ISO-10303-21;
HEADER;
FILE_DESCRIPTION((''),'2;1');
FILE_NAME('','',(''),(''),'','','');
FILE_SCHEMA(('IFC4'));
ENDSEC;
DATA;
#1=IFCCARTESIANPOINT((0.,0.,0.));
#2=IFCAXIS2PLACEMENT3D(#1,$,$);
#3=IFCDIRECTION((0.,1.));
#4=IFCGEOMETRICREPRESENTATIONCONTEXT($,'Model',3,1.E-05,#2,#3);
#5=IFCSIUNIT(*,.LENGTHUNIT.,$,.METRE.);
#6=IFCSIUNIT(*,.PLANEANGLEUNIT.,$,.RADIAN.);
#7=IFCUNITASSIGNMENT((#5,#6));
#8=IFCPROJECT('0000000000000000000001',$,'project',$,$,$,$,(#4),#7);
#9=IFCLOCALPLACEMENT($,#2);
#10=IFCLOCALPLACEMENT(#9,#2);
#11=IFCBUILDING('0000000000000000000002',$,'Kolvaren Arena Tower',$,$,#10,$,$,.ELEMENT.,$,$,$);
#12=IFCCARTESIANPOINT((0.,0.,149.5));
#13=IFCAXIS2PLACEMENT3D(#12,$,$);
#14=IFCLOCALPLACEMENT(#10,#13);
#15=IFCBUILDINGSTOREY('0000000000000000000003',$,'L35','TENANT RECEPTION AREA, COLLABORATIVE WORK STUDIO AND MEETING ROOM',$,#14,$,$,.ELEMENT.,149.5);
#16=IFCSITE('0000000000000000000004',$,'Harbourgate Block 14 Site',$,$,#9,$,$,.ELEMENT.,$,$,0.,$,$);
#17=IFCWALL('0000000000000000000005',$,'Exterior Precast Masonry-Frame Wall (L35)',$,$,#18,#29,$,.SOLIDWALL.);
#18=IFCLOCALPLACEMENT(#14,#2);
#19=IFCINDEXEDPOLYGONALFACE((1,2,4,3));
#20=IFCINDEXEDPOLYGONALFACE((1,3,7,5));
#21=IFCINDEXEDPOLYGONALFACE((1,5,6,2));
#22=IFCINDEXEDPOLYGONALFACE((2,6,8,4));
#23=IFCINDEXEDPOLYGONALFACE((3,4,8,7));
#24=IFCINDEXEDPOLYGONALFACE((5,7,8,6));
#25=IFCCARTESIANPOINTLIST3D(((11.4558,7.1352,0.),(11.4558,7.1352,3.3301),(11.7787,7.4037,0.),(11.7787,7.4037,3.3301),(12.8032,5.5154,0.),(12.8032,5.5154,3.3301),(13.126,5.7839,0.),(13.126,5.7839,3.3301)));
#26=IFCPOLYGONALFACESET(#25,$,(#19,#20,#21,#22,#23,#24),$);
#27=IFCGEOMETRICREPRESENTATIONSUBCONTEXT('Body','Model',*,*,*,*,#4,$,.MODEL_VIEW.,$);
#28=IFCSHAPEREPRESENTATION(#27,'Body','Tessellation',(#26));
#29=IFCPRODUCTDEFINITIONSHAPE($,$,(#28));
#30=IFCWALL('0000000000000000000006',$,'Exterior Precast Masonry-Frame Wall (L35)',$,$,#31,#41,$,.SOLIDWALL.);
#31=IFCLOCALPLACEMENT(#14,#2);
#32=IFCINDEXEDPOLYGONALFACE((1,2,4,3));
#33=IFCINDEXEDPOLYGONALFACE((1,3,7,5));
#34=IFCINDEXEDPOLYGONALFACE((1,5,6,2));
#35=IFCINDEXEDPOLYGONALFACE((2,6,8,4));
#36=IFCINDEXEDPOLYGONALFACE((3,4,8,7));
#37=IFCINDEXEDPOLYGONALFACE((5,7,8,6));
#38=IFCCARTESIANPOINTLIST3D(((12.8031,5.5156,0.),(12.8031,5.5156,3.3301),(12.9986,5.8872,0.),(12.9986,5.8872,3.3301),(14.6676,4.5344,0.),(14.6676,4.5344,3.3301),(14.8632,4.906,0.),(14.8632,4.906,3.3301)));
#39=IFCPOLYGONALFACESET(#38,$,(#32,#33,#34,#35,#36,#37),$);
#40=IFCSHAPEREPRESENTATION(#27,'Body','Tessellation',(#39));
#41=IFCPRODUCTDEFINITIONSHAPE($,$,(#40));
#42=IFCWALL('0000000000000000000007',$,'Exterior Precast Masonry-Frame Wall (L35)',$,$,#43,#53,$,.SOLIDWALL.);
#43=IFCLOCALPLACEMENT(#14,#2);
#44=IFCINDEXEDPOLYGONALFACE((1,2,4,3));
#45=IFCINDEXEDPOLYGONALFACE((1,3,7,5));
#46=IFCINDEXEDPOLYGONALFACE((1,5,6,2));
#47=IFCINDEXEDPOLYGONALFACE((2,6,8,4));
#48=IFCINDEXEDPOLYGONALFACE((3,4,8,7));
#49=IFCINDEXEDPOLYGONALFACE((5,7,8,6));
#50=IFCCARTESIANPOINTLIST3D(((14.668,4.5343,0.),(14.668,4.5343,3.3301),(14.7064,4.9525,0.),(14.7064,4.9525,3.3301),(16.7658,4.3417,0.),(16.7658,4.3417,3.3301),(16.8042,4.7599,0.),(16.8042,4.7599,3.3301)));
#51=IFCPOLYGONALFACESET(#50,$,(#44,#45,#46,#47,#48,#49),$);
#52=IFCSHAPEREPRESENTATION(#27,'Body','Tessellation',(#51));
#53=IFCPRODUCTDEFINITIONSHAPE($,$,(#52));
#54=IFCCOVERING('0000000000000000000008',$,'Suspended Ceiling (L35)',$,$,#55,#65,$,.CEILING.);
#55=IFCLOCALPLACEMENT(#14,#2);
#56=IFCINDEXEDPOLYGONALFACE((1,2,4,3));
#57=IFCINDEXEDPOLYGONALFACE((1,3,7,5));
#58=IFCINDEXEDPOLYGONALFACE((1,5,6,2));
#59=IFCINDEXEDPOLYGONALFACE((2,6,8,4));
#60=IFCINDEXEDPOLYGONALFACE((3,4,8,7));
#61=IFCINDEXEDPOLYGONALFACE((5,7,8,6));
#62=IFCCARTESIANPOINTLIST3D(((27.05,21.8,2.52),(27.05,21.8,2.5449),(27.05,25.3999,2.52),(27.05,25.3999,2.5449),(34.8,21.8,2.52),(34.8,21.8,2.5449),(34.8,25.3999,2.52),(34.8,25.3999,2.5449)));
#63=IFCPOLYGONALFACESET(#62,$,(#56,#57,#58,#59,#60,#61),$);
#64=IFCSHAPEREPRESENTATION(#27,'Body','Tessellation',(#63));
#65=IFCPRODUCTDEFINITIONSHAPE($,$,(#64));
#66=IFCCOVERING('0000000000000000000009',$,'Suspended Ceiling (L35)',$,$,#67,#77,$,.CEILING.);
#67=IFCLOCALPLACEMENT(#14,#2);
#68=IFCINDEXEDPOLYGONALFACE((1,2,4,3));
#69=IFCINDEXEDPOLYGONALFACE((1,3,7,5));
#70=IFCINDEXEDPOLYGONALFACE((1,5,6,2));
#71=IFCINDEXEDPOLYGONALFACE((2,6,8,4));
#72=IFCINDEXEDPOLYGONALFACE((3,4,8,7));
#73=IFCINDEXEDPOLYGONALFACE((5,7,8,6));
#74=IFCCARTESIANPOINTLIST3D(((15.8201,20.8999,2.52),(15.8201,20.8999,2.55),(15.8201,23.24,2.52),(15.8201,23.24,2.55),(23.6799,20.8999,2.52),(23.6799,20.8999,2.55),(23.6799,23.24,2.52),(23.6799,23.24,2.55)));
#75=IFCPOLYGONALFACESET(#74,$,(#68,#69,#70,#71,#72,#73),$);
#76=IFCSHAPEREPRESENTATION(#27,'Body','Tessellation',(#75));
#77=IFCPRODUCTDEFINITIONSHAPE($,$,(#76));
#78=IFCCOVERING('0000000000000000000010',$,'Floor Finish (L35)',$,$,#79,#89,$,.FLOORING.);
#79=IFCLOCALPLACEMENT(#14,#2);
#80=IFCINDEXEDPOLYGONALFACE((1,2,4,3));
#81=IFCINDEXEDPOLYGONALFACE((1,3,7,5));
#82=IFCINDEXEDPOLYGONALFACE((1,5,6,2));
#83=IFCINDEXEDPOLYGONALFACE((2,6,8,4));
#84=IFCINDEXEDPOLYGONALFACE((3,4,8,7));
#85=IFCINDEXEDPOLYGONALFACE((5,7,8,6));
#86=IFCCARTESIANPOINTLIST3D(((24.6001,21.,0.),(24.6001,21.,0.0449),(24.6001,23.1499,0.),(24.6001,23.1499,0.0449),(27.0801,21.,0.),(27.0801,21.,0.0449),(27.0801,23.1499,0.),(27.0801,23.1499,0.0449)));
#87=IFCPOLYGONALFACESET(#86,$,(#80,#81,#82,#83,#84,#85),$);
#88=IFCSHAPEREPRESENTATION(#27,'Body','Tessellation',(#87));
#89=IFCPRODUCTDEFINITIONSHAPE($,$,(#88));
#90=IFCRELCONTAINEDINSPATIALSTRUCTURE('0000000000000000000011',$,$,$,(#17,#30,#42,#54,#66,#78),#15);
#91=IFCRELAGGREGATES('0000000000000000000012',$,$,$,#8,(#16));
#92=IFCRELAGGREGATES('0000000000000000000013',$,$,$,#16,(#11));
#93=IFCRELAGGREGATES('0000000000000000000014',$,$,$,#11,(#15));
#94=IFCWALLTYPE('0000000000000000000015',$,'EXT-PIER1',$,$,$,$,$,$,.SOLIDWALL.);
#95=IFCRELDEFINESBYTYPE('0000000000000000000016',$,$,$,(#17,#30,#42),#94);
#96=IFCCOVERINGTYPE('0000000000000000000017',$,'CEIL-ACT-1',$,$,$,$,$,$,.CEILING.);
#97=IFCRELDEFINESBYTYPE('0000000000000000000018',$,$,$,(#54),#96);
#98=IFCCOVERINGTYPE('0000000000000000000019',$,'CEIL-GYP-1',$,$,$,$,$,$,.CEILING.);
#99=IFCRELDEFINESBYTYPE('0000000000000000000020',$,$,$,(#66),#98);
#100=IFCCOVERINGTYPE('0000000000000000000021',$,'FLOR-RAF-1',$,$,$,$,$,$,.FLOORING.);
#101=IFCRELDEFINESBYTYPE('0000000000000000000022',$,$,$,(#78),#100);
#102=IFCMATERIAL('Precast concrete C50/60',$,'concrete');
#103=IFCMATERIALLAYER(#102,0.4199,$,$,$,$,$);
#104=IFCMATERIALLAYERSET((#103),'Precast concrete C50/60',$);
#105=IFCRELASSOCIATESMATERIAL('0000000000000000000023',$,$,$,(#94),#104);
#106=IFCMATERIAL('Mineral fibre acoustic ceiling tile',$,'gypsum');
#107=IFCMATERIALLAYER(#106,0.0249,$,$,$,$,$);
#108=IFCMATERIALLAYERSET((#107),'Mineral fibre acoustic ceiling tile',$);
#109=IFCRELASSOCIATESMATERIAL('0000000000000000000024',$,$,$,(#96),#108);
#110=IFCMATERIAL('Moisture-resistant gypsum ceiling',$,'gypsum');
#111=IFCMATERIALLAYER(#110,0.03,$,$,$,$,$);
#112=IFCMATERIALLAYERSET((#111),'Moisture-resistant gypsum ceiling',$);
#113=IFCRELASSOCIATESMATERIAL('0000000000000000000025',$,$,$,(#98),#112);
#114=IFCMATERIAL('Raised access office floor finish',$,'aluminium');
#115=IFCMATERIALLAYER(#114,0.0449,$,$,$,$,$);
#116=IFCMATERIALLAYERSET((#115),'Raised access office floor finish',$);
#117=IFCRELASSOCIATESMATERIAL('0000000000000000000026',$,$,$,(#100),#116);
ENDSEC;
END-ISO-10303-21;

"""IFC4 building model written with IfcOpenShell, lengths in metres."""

from ifc_helpers import new_model, si_unit, direction, frame, frame_2d, origin, place, context, subcontext, project, spatial, polyline, rectangle, outline, extrude, material, layer, layer_set, type_object, element, save


model = new_model("IFC4")

# Units and contexts
model_context = context("Model", 3, precision=1e-05, world=origin(), true_north=direction((0.0, 1.0)))
body_context = subcontext(model_context, "Body", "Model", "MODEL_VIEW")
ifc_project = project(units=[si_unit("LENGTHUNIT", "METRE"), si_unit("PLANEANGLEUNIT", "RADIAN")], contexts=[model_context])

# Site, building, storey
site_placement = place(None, origin())
site = spatial("IfcSite", under=ifc_project, at=site_placement, Name="Harbourgate Block 14 Site", CompositionType="ELEMENT", RefElevation=0.0)
building_placement = place(site_placement, origin())
building = spatial("IfcBuilding", under=site, at=building_placement, Name="Kolvaren Arena Tower", CompositionType="ELEMENT")
storey_placement = place(building_placement, frame((0.0, 0.0, 149.5)))
storey = spatial("IfcBuildingStorey", under=building, at=storey_placement, Name="L35", Description="TENANT RECEPTION AREA, COLLABORATIVE WORK STUDIO AND MEETING ROOM", CompositionType="ELEMENT", Elevation=149.5)

# Shared definitions
ifc_material_1 = material(Name="Precast concrete C50/60", Category="concrete")
ifc_layer_1 = layer(ifc_material_1, 0.4199)
ifc_layer_set_1 = layer_set([ifc_layer_1], Name="Precast concrete C50/60")
wall_type = type_object("IfcWallType", Name="EXT-PIER1", PredefinedType="SOLIDWALL", material=ifc_layer_set_1)

# Walls
for number, where, z_axis, x_axis, name in (
    (1, (12.9646, 5.6497, 0.0), (0.0, 0.0, 1.0), (-0.639489, 0.7688, 0.0), "Exterior Precast Masonry-Frame Wall (L35)"),
    (2, (14.7654, 4.7202, 0.0), (0.0, 0.0, 1.0), (-0.884941, 0.465703, 0.0), "Exterior Precast Masonry-Frame Wall (L35)"),
):
    element("IfcWall", number, at=place(storey_placement, frame(where, z_axis=z_axis, x_axis=x_axis)), inside=storey, type_object=wall_type, Name=name, PredefinedType="SOLIDWALL", context=body_context, shape_type="SweptSolid", body=[
        extrude(rectangle(XDim=2.1069, YDim=0.4199, at=frame_2d((1.0535, 0.0))), origin(), (0.0, 0.0, 1.0), 3.3301),
    ])
wall_1_placement = place(storey_placement, frame((16.7849, 4.5508, 0.0), z_axis=(0.0, 0.0, 1.0), x_axis=(-0.995811, 0.091434, 0.0)))
element("IfcWall", 3, at=wall_1_placement, inside=storey, type_object=wall_type, Name="Exterior Precast Masonry-Frame Wall (L35)", PredefinedType="SOLIDWALL", context=body_context, shape_type="SweptSolid", body=[
    extrude(rectangle(XDim=2.1067, YDim=0.4199, at=frame_2d((1.0532, 0.0))), origin(), (0.0, 0.0, 1.0), 3.3301),
])

# Coverings
ifc_material_2 = material(Name="Mineral fibre acoustic ceiling tile", Category="gypsum")
ifc_layer_2 = layer(ifc_material_2, 0.0249)
ifc_layer_set_2 = layer_set([ifc_layer_2], Name="Mineral fibre acoustic ceiling tile")
covering_type_1 = type_object("IfcCoveringType", Name="CEIL-ACT-1", PredefinedType="CEILING", material=ifc_layer_set_2)
covering_1_placement = place(storey_placement, frame((0.0, 0.0, 2.52)))
element("IfcCovering", 4, at=covering_1_placement, inside=storey, type_object=covering_type_1, Name="Suspended Ceiling (L35)", PredefinedType="CEILING", context=body_context, shape_type="SweptSolid", body=[
    extrude(outline(polyline([(27.05, 21.8), (27.05, 25.3999), (34.8, 25.3999), (34.8, 21.8), (27.05, 21.8)])), origin(), (0.0, 0.0, 1.0), 0.0249),
])
ifc_material_3 = material(Name="Moisture-resistant gypsum ceiling", Category="gypsum")
ifc_layer_3 = layer(ifc_material_3, 0.03)
ifc_layer_set_3 = layer_set([ifc_layer_3], Name="Moisture-resistant gypsum ceiling")
covering_type_2 = type_object("IfcCoveringType", Name="CEIL-GYP-1", PredefinedType="CEILING", material=ifc_layer_set_3)
covering_2_placement = place(storey_placement, frame((0.0, 0.0, 2.52)))
element("IfcCovering", 5, at=covering_2_placement, inside=storey, type_object=covering_type_2, Name="Suspended Ceiling (L35)", PredefinedType="CEILING", context=body_context, shape_type="SweptSolid", body=[
    extrude(outline(polyline([(15.8201, 20.8999), (15.8201, 23.24), (23.6799, 23.24), (23.6799, 20.8999), (15.8201, 20.8999)])), origin(), (0.0, 0.0, 1.0), 0.03),
])
ifc_material_4 = material(Name="Raised access office floor finish", Category="aluminium")
ifc_layer_4 = layer(ifc_material_4, 0.0449)
ifc_layer_set_4 = layer_set([ifc_layer_4], Name="Raised access office floor finish")
covering_type_3 = type_object("IfcCoveringType", Name="FLOR-RAF-1", PredefinedType="FLOORING", material=ifc_layer_set_4)
covering_3_placement = place(storey_placement, origin())
element("IfcCovering", 6, at=covering_3_placement, inside=storey, type_object=covering_type_3, Name="Floor Finish (L35)", PredefinedType="FLOORING", context=body_context, shape_type="SweptSolid", body=[
    extrude(outline(polyline([(24.6001, 21.0), (24.6001, 23.1499), (27.0801, 23.1499), (27.0801, 21.0), (24.6001, 21.0)])), origin(), (0.0, 0.0, 1.0), 0.0449),
])

save(model, "model.ifc")
